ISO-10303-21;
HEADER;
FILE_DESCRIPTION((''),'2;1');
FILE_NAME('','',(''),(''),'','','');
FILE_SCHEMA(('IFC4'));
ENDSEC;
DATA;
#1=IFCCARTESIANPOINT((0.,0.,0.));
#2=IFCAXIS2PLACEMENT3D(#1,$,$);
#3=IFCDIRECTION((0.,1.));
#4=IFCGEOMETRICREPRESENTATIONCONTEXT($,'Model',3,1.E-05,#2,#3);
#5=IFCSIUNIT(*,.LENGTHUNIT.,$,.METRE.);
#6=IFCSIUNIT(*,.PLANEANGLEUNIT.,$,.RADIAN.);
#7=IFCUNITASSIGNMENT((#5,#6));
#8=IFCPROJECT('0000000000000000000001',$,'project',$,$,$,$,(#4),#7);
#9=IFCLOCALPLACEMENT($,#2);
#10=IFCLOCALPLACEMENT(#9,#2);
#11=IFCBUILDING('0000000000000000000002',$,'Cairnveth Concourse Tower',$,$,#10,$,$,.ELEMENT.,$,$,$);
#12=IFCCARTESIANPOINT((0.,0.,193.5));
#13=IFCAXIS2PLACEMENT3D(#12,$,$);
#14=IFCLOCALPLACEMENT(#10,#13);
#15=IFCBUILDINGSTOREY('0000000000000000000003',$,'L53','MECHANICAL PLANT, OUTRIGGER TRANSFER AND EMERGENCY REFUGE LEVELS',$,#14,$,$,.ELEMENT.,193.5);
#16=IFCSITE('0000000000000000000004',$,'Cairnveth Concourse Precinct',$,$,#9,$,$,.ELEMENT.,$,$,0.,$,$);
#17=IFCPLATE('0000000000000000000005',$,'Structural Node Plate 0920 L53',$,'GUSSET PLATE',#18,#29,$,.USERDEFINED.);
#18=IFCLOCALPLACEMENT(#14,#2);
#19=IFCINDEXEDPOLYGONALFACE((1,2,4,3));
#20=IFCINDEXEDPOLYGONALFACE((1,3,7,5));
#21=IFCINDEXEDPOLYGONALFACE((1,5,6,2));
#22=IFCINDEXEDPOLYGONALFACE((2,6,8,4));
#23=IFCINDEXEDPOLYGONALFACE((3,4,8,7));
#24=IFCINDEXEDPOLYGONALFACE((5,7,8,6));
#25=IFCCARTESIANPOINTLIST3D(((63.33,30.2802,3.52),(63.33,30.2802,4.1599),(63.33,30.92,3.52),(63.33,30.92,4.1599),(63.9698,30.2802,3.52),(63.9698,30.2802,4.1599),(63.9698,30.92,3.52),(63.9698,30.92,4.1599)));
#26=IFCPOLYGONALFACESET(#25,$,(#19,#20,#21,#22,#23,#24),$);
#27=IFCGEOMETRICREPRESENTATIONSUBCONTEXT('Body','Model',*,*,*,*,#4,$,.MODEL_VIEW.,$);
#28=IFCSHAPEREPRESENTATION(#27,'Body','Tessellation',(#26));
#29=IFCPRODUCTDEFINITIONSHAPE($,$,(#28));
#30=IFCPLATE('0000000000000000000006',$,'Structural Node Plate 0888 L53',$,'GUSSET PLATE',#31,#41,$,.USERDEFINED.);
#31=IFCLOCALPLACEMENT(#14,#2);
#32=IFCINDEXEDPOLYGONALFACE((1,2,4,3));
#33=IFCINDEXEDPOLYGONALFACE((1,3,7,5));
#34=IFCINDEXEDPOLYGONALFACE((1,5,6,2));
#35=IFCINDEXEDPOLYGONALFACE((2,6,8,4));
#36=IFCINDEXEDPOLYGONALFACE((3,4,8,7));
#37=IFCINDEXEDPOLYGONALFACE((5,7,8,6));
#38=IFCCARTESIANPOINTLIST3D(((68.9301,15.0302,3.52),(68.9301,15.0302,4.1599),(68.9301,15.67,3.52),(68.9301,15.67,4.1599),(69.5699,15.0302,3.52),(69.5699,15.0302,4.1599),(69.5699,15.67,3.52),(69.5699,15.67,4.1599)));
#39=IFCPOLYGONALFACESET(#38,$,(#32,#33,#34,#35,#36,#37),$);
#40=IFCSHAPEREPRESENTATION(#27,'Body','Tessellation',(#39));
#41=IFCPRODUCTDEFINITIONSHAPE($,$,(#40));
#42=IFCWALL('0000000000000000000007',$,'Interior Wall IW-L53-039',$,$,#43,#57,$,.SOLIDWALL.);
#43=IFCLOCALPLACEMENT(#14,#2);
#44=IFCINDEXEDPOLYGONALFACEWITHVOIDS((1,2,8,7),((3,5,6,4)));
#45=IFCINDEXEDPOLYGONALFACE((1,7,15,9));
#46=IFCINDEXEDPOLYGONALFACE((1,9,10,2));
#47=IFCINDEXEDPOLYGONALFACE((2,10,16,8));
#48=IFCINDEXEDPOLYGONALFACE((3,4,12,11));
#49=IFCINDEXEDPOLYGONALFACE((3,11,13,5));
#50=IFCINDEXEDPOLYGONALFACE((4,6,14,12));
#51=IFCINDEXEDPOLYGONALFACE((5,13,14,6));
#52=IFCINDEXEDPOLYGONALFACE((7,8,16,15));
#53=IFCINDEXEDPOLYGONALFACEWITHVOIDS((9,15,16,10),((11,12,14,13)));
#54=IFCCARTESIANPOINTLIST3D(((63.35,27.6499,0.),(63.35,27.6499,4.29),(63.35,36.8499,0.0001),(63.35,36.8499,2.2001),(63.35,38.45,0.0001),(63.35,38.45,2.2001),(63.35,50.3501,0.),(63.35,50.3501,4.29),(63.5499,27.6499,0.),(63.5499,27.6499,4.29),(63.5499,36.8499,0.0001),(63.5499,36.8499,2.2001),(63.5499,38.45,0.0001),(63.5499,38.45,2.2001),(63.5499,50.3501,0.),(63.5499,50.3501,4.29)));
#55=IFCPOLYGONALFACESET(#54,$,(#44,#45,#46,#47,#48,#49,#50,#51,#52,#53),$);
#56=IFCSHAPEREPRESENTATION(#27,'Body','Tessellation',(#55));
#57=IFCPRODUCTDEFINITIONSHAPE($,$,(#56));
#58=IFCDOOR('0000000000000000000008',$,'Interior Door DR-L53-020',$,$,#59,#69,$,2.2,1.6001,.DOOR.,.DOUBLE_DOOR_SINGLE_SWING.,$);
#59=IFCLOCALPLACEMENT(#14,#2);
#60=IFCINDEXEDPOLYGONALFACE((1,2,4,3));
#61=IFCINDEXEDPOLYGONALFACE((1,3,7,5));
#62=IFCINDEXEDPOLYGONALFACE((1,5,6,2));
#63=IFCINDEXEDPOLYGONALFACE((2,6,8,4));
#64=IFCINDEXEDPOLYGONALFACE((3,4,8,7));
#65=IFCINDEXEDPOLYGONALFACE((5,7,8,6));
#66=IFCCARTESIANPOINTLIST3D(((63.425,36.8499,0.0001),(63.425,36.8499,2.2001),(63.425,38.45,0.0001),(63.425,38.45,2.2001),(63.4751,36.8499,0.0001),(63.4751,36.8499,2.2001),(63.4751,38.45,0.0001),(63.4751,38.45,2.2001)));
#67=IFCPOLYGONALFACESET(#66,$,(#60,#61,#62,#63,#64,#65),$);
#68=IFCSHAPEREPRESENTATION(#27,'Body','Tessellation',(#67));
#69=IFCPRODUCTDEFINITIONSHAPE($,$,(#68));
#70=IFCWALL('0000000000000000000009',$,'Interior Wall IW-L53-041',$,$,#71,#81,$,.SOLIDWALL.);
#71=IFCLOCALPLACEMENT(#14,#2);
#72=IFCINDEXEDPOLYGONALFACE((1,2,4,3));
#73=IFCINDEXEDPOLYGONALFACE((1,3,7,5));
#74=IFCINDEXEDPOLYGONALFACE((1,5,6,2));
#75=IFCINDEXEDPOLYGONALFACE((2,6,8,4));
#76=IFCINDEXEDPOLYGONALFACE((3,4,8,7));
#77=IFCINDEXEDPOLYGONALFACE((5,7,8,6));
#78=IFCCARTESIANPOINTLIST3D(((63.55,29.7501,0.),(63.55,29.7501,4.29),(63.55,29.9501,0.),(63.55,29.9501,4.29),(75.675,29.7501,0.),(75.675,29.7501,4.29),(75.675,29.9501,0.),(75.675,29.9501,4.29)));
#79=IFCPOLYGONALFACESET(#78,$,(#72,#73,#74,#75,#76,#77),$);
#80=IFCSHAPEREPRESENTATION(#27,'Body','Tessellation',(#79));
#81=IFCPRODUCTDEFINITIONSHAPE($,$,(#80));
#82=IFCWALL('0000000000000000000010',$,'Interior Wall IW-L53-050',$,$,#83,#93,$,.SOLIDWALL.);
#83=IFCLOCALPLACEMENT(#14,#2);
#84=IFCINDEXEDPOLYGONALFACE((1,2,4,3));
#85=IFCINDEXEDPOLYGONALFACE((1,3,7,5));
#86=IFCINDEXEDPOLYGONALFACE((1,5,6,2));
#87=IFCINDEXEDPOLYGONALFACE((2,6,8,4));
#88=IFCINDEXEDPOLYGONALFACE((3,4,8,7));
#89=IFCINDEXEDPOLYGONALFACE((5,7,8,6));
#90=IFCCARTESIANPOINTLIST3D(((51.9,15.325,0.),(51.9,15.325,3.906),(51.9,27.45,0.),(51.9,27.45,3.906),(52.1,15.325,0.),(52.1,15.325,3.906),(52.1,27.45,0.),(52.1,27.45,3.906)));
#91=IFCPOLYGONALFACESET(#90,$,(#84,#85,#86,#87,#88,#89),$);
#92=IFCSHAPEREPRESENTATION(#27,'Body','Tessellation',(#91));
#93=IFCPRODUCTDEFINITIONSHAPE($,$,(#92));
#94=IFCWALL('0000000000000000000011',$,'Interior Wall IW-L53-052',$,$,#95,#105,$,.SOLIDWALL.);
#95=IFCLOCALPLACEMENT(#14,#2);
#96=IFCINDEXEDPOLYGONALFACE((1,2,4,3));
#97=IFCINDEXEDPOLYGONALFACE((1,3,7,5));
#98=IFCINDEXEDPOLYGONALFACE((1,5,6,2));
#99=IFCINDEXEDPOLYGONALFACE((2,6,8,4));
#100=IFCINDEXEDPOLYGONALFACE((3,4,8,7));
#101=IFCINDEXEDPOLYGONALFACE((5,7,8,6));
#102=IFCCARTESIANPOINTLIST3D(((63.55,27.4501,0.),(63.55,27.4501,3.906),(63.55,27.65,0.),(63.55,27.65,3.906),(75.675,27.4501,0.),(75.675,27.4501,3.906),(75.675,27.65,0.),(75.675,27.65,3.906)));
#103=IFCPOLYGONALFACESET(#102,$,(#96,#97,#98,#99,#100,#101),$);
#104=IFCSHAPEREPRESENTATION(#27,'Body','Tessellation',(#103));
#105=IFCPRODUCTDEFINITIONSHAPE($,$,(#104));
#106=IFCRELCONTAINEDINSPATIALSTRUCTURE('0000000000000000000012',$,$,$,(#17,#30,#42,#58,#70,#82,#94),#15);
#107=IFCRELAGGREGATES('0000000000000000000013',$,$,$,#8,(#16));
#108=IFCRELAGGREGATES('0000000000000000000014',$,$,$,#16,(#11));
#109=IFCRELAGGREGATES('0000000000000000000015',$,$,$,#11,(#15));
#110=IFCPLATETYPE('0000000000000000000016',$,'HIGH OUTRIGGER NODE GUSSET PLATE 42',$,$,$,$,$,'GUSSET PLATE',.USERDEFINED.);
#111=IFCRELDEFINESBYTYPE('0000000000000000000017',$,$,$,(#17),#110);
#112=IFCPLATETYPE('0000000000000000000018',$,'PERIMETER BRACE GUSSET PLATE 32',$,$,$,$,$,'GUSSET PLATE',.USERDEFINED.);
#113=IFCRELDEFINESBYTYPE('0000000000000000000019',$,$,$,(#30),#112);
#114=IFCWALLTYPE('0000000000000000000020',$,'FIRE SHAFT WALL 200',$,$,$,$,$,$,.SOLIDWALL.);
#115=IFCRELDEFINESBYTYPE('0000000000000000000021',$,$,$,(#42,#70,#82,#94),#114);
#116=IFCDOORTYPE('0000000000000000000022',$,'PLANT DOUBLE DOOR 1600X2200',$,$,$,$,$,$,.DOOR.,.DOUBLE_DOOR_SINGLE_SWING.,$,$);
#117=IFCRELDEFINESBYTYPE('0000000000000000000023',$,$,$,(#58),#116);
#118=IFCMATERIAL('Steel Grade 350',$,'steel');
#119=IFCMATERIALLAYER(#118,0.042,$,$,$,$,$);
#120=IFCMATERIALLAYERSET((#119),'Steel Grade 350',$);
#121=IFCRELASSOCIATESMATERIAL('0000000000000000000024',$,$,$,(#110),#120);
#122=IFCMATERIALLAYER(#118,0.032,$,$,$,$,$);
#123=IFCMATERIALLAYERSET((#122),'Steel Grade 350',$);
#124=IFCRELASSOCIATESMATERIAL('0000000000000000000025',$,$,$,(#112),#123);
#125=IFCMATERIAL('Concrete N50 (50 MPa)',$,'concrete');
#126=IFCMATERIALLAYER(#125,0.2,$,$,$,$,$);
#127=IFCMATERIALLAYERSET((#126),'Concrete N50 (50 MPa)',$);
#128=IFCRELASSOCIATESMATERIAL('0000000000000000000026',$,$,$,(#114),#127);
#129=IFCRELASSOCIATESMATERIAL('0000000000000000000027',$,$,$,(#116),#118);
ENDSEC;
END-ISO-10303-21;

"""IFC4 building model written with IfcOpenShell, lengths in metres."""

from ifc_helpers import new_model, si_unit, direction, frame, frame_2d, origin, origin_2d, place, context, subcontext, project, spatial, rectangle, extrude, material, layer, layer_set, type_object, element, fill, save


model = new_model("IFC4")

# Units and contexts
model_context = context("Model", 3, precision=1e-05, world=origin(), true_north=direction((0.0, 1.0)))
body_context = subcontext(model_context, "Body", "Model", "MODEL_VIEW")
ifc_project = project(units=[si_unit("LENGTHUNIT", "METRE"), si_unit("PLANEANGLEUNIT", "RADIAN")], contexts=[model_context])

# Site, building, storey
site_placement = place(None, origin())
site = spatial("IfcSite", under=ifc_project, at=site_placement, Name="Cairnveth Concourse Precinct", CompositionType="ELEMENT", RefElevation=0.0)
building_placement = place(site_placement, origin())
building = spatial("IfcBuilding", under=site, at=building_placement, Name="Cairnveth Concourse Tower", CompositionType="ELEMENT")
storey_placement = place(building_placement, frame((0.0, 0.0, 193.5)))
storey = spatial("IfcBuildingStorey", under=building, at=storey_placement, Name="L53", Description="MECHANICAL PLANT, OUTRIGGER TRANSFER AND EMERGENCY REFUGE LEVELS", CompositionType="ELEMENT", Elevation=193.5)

# Plates
ifc_material_1 = material(Name="Steel Grade 350", Category="steel")
ifc_layer_1 = layer(ifc_material_1, 0.042)
ifc_layer_set_1 = layer_set([ifc_layer_1], Name="Steel Grade 350")
plate_type_1 = type_object("IfcPlateType", Name="HIGH OUTRIGGER NODE GUSSET PLATE 42", ElementType="GUSSET PLATE", PredefinedType="USERDEFINED", material=ifc_layer_set_1)
for number, where, z_axis, x_axis, name in (
    (1, (63.6499, 30.6001, 3.52), (0.0, 0.0, 1.0), (1.0, 0.0, 0.0), "Structural Node Plate 0920 L53"),
):
    element("IfcPlate", number, at=place(storey_placement, frame(where, z_axis=z_axis, x_axis=x_axis)), inside=storey, type_object=plate_type_1, Name=name, ObjectType="GUSSET PLATE", PredefinedType="USERDEFINED", context=body_context, shape_type="SweptSolid", body=[
        extrude(rectangle(XDim=0.6399, YDim=0.6399, at=origin_2d()), origin(), (0.0, 0.0, 1.0), 0.6399),
    ])
ifc_layer_2 = layer(ifc_material_1, 0.032)
ifc_layer_set_2 = layer_set([ifc_layer_2], Name="Steel Grade 350")
plate_type_2 = type_object("IfcPlateType", Name="PERIMETER BRACE GUSSET PLATE 32", ElementType="GUSSET PLATE", PredefinedType="USERDEFINED", material=ifc_layer_set_2)
plate_placement = place(storey_placement, frame((69.25, 15.3501, 3.52), z_axis=(0.0, 0.0, 1.0), x_axis=(1.0, 0.0, 0.0)))
element("IfcPlate", 2, at=plate_placement, inside=storey, type_object=plate_type_2, Name="Structural Node Plate 0888 L53", ObjectType="GUSSET PLATE", PredefinedType="USERDEFINED", context=body_context, shape_type="SweptSolid", body=[
    extrude(rectangle(XDim=0.6399, YDim=0.6399, at=origin_2d()), origin(), (0.0, 0.0, 1.0), 0.6399),
])

# Wall, opening, door
ifc_material_2 = material(Name="Concrete N50 (50 MPa)", Category="concrete")
ifc_layer_3 = layer(ifc_material_2, 0.2)
ifc_layer_set_3 = layer_set([ifc_layer_3], Name="Concrete N50 (50 MPa)")
wall_type = type_object("IfcWallType", Name="FIRE SHAFT WALL 200", PredefinedType="SOLIDWALL", material=ifc_layer_set_3)
wall_1_placement = place(storey_placement, frame((63.45, 27.6499, 0.0), z_axis=(0.0, 0.0, 1.0), x_axis=(0.0, 1.0, 0.0)))
wall_1 = element("IfcWall", 3, at=wall_1_placement, inside=storey, type_object=wall_type, Name="Interior Wall IW-L53-039", PredefinedType="SOLIDWALL", context=body_context, shape_type="SweptSolid", body=[
    extrude(rectangle(XDim=22.7002, YDim=0.2, at=frame_2d((11.3501, 0.0))), origin(), (0.0, 0.0, 1.0), 4.29),
])
opening_placement = place(wall_1_placement, frame((9.2, 0.0, 0.0)))
opening = element("IfcOpeningElement", 4, at=opening_placement, cuts=wall_1, PredefinedType="OPENING", context=body_context, shape_type="SweptSolid", body=[
    extrude(rectangle(XDim=1.6001, YDim=2.2, at=frame_2d((0.8, 1.1001))), frame((0.0, 0.1099, 0.0), z_axis=(0.0, -1.0, 0.0), x_axis=(1.0, 0.0, 0.0)), (0.0, 0.0, 1.0), 0.22),
])
door_type = type_object("IfcDoorType", Name="PLANT DOUBLE DOOR 1600X2200", OperationType="DOUBLE_DOOR_SINGLE_SWING", PredefinedType="DOOR", material=ifc_material_1)
door_placement = place(opening_placement, origin())
door = element("IfcDoor", 5, at=door_placement, inside=storey, type_object=door_type, Name="Interior Door DR-L53-020", OperationType="DOUBLE_DOOR_SINGLE_SWING", OverallHeight=2.2, OverallWidth=1.6001, PredefinedType="DOOR", context=body_context, shape_type="SweptSolid", body=[
    extrude(rectangle(XDim=1.6001, YDim=2.2, at=frame_2d((0.8, 1.1001))), frame((0.0, 0.0249, 0.0), z_axis=(0.0, -1.0, 0.0), x_axis=(1.0, 0.0, 0.0)), (0.0, 0.0, 1.0), 0.05),
])
fill(opening, door)

# Walls
wall_2_placement = place(storey_placement, frame((63.55, 29.8501, 0.0), z_axis=(0.0, 0.0, 1.0), x_axis=(1.0, 0.0, 0.0)))
element("IfcWall", 6, at=wall_2_placement, inside=storey, type_object=wall_type, Name="Interior Wall IW-L53-041", PredefinedType="SOLIDWALL", context=body_context, shape_type="SweptSolid", body=[
    extrude(rectangle(XDim=12.125, YDim=0.2, at=frame_2d((6.0625, 0.0))), origin(), (0.0, 0.0, 1.0), 4.29),
])
for number, where, z_axis, x_axis, name in (
    (7, (52.0, 15.325, 0.0), (0.0, 0.0, 1.0), (0.0, 1.0, 0.0), "Interior Wall IW-L53-050"),
    (8, (63.55, 27.55, 0.0), (0.0, 0.0, 1.0), (1.0, 0.0, 0.0), "Interior Wall IW-L53-052"),
):
    element("IfcWall", number, at=place(storey_placement, frame(where, z_axis=z_axis, x_axis=x_axis)), inside=storey, type_object=wall_type, Name=name, PredefinedType="SOLIDWALL", context=body_context, shape_type="SweptSolid", body=[
        extrude(rectangle(XDim=12.125, YDim=0.2, at=frame_2d((6.0625, 0.0))), origin(), (0.0, 0.0, 1.0), 3.906),
    ])

save(model, "model.ifc")
